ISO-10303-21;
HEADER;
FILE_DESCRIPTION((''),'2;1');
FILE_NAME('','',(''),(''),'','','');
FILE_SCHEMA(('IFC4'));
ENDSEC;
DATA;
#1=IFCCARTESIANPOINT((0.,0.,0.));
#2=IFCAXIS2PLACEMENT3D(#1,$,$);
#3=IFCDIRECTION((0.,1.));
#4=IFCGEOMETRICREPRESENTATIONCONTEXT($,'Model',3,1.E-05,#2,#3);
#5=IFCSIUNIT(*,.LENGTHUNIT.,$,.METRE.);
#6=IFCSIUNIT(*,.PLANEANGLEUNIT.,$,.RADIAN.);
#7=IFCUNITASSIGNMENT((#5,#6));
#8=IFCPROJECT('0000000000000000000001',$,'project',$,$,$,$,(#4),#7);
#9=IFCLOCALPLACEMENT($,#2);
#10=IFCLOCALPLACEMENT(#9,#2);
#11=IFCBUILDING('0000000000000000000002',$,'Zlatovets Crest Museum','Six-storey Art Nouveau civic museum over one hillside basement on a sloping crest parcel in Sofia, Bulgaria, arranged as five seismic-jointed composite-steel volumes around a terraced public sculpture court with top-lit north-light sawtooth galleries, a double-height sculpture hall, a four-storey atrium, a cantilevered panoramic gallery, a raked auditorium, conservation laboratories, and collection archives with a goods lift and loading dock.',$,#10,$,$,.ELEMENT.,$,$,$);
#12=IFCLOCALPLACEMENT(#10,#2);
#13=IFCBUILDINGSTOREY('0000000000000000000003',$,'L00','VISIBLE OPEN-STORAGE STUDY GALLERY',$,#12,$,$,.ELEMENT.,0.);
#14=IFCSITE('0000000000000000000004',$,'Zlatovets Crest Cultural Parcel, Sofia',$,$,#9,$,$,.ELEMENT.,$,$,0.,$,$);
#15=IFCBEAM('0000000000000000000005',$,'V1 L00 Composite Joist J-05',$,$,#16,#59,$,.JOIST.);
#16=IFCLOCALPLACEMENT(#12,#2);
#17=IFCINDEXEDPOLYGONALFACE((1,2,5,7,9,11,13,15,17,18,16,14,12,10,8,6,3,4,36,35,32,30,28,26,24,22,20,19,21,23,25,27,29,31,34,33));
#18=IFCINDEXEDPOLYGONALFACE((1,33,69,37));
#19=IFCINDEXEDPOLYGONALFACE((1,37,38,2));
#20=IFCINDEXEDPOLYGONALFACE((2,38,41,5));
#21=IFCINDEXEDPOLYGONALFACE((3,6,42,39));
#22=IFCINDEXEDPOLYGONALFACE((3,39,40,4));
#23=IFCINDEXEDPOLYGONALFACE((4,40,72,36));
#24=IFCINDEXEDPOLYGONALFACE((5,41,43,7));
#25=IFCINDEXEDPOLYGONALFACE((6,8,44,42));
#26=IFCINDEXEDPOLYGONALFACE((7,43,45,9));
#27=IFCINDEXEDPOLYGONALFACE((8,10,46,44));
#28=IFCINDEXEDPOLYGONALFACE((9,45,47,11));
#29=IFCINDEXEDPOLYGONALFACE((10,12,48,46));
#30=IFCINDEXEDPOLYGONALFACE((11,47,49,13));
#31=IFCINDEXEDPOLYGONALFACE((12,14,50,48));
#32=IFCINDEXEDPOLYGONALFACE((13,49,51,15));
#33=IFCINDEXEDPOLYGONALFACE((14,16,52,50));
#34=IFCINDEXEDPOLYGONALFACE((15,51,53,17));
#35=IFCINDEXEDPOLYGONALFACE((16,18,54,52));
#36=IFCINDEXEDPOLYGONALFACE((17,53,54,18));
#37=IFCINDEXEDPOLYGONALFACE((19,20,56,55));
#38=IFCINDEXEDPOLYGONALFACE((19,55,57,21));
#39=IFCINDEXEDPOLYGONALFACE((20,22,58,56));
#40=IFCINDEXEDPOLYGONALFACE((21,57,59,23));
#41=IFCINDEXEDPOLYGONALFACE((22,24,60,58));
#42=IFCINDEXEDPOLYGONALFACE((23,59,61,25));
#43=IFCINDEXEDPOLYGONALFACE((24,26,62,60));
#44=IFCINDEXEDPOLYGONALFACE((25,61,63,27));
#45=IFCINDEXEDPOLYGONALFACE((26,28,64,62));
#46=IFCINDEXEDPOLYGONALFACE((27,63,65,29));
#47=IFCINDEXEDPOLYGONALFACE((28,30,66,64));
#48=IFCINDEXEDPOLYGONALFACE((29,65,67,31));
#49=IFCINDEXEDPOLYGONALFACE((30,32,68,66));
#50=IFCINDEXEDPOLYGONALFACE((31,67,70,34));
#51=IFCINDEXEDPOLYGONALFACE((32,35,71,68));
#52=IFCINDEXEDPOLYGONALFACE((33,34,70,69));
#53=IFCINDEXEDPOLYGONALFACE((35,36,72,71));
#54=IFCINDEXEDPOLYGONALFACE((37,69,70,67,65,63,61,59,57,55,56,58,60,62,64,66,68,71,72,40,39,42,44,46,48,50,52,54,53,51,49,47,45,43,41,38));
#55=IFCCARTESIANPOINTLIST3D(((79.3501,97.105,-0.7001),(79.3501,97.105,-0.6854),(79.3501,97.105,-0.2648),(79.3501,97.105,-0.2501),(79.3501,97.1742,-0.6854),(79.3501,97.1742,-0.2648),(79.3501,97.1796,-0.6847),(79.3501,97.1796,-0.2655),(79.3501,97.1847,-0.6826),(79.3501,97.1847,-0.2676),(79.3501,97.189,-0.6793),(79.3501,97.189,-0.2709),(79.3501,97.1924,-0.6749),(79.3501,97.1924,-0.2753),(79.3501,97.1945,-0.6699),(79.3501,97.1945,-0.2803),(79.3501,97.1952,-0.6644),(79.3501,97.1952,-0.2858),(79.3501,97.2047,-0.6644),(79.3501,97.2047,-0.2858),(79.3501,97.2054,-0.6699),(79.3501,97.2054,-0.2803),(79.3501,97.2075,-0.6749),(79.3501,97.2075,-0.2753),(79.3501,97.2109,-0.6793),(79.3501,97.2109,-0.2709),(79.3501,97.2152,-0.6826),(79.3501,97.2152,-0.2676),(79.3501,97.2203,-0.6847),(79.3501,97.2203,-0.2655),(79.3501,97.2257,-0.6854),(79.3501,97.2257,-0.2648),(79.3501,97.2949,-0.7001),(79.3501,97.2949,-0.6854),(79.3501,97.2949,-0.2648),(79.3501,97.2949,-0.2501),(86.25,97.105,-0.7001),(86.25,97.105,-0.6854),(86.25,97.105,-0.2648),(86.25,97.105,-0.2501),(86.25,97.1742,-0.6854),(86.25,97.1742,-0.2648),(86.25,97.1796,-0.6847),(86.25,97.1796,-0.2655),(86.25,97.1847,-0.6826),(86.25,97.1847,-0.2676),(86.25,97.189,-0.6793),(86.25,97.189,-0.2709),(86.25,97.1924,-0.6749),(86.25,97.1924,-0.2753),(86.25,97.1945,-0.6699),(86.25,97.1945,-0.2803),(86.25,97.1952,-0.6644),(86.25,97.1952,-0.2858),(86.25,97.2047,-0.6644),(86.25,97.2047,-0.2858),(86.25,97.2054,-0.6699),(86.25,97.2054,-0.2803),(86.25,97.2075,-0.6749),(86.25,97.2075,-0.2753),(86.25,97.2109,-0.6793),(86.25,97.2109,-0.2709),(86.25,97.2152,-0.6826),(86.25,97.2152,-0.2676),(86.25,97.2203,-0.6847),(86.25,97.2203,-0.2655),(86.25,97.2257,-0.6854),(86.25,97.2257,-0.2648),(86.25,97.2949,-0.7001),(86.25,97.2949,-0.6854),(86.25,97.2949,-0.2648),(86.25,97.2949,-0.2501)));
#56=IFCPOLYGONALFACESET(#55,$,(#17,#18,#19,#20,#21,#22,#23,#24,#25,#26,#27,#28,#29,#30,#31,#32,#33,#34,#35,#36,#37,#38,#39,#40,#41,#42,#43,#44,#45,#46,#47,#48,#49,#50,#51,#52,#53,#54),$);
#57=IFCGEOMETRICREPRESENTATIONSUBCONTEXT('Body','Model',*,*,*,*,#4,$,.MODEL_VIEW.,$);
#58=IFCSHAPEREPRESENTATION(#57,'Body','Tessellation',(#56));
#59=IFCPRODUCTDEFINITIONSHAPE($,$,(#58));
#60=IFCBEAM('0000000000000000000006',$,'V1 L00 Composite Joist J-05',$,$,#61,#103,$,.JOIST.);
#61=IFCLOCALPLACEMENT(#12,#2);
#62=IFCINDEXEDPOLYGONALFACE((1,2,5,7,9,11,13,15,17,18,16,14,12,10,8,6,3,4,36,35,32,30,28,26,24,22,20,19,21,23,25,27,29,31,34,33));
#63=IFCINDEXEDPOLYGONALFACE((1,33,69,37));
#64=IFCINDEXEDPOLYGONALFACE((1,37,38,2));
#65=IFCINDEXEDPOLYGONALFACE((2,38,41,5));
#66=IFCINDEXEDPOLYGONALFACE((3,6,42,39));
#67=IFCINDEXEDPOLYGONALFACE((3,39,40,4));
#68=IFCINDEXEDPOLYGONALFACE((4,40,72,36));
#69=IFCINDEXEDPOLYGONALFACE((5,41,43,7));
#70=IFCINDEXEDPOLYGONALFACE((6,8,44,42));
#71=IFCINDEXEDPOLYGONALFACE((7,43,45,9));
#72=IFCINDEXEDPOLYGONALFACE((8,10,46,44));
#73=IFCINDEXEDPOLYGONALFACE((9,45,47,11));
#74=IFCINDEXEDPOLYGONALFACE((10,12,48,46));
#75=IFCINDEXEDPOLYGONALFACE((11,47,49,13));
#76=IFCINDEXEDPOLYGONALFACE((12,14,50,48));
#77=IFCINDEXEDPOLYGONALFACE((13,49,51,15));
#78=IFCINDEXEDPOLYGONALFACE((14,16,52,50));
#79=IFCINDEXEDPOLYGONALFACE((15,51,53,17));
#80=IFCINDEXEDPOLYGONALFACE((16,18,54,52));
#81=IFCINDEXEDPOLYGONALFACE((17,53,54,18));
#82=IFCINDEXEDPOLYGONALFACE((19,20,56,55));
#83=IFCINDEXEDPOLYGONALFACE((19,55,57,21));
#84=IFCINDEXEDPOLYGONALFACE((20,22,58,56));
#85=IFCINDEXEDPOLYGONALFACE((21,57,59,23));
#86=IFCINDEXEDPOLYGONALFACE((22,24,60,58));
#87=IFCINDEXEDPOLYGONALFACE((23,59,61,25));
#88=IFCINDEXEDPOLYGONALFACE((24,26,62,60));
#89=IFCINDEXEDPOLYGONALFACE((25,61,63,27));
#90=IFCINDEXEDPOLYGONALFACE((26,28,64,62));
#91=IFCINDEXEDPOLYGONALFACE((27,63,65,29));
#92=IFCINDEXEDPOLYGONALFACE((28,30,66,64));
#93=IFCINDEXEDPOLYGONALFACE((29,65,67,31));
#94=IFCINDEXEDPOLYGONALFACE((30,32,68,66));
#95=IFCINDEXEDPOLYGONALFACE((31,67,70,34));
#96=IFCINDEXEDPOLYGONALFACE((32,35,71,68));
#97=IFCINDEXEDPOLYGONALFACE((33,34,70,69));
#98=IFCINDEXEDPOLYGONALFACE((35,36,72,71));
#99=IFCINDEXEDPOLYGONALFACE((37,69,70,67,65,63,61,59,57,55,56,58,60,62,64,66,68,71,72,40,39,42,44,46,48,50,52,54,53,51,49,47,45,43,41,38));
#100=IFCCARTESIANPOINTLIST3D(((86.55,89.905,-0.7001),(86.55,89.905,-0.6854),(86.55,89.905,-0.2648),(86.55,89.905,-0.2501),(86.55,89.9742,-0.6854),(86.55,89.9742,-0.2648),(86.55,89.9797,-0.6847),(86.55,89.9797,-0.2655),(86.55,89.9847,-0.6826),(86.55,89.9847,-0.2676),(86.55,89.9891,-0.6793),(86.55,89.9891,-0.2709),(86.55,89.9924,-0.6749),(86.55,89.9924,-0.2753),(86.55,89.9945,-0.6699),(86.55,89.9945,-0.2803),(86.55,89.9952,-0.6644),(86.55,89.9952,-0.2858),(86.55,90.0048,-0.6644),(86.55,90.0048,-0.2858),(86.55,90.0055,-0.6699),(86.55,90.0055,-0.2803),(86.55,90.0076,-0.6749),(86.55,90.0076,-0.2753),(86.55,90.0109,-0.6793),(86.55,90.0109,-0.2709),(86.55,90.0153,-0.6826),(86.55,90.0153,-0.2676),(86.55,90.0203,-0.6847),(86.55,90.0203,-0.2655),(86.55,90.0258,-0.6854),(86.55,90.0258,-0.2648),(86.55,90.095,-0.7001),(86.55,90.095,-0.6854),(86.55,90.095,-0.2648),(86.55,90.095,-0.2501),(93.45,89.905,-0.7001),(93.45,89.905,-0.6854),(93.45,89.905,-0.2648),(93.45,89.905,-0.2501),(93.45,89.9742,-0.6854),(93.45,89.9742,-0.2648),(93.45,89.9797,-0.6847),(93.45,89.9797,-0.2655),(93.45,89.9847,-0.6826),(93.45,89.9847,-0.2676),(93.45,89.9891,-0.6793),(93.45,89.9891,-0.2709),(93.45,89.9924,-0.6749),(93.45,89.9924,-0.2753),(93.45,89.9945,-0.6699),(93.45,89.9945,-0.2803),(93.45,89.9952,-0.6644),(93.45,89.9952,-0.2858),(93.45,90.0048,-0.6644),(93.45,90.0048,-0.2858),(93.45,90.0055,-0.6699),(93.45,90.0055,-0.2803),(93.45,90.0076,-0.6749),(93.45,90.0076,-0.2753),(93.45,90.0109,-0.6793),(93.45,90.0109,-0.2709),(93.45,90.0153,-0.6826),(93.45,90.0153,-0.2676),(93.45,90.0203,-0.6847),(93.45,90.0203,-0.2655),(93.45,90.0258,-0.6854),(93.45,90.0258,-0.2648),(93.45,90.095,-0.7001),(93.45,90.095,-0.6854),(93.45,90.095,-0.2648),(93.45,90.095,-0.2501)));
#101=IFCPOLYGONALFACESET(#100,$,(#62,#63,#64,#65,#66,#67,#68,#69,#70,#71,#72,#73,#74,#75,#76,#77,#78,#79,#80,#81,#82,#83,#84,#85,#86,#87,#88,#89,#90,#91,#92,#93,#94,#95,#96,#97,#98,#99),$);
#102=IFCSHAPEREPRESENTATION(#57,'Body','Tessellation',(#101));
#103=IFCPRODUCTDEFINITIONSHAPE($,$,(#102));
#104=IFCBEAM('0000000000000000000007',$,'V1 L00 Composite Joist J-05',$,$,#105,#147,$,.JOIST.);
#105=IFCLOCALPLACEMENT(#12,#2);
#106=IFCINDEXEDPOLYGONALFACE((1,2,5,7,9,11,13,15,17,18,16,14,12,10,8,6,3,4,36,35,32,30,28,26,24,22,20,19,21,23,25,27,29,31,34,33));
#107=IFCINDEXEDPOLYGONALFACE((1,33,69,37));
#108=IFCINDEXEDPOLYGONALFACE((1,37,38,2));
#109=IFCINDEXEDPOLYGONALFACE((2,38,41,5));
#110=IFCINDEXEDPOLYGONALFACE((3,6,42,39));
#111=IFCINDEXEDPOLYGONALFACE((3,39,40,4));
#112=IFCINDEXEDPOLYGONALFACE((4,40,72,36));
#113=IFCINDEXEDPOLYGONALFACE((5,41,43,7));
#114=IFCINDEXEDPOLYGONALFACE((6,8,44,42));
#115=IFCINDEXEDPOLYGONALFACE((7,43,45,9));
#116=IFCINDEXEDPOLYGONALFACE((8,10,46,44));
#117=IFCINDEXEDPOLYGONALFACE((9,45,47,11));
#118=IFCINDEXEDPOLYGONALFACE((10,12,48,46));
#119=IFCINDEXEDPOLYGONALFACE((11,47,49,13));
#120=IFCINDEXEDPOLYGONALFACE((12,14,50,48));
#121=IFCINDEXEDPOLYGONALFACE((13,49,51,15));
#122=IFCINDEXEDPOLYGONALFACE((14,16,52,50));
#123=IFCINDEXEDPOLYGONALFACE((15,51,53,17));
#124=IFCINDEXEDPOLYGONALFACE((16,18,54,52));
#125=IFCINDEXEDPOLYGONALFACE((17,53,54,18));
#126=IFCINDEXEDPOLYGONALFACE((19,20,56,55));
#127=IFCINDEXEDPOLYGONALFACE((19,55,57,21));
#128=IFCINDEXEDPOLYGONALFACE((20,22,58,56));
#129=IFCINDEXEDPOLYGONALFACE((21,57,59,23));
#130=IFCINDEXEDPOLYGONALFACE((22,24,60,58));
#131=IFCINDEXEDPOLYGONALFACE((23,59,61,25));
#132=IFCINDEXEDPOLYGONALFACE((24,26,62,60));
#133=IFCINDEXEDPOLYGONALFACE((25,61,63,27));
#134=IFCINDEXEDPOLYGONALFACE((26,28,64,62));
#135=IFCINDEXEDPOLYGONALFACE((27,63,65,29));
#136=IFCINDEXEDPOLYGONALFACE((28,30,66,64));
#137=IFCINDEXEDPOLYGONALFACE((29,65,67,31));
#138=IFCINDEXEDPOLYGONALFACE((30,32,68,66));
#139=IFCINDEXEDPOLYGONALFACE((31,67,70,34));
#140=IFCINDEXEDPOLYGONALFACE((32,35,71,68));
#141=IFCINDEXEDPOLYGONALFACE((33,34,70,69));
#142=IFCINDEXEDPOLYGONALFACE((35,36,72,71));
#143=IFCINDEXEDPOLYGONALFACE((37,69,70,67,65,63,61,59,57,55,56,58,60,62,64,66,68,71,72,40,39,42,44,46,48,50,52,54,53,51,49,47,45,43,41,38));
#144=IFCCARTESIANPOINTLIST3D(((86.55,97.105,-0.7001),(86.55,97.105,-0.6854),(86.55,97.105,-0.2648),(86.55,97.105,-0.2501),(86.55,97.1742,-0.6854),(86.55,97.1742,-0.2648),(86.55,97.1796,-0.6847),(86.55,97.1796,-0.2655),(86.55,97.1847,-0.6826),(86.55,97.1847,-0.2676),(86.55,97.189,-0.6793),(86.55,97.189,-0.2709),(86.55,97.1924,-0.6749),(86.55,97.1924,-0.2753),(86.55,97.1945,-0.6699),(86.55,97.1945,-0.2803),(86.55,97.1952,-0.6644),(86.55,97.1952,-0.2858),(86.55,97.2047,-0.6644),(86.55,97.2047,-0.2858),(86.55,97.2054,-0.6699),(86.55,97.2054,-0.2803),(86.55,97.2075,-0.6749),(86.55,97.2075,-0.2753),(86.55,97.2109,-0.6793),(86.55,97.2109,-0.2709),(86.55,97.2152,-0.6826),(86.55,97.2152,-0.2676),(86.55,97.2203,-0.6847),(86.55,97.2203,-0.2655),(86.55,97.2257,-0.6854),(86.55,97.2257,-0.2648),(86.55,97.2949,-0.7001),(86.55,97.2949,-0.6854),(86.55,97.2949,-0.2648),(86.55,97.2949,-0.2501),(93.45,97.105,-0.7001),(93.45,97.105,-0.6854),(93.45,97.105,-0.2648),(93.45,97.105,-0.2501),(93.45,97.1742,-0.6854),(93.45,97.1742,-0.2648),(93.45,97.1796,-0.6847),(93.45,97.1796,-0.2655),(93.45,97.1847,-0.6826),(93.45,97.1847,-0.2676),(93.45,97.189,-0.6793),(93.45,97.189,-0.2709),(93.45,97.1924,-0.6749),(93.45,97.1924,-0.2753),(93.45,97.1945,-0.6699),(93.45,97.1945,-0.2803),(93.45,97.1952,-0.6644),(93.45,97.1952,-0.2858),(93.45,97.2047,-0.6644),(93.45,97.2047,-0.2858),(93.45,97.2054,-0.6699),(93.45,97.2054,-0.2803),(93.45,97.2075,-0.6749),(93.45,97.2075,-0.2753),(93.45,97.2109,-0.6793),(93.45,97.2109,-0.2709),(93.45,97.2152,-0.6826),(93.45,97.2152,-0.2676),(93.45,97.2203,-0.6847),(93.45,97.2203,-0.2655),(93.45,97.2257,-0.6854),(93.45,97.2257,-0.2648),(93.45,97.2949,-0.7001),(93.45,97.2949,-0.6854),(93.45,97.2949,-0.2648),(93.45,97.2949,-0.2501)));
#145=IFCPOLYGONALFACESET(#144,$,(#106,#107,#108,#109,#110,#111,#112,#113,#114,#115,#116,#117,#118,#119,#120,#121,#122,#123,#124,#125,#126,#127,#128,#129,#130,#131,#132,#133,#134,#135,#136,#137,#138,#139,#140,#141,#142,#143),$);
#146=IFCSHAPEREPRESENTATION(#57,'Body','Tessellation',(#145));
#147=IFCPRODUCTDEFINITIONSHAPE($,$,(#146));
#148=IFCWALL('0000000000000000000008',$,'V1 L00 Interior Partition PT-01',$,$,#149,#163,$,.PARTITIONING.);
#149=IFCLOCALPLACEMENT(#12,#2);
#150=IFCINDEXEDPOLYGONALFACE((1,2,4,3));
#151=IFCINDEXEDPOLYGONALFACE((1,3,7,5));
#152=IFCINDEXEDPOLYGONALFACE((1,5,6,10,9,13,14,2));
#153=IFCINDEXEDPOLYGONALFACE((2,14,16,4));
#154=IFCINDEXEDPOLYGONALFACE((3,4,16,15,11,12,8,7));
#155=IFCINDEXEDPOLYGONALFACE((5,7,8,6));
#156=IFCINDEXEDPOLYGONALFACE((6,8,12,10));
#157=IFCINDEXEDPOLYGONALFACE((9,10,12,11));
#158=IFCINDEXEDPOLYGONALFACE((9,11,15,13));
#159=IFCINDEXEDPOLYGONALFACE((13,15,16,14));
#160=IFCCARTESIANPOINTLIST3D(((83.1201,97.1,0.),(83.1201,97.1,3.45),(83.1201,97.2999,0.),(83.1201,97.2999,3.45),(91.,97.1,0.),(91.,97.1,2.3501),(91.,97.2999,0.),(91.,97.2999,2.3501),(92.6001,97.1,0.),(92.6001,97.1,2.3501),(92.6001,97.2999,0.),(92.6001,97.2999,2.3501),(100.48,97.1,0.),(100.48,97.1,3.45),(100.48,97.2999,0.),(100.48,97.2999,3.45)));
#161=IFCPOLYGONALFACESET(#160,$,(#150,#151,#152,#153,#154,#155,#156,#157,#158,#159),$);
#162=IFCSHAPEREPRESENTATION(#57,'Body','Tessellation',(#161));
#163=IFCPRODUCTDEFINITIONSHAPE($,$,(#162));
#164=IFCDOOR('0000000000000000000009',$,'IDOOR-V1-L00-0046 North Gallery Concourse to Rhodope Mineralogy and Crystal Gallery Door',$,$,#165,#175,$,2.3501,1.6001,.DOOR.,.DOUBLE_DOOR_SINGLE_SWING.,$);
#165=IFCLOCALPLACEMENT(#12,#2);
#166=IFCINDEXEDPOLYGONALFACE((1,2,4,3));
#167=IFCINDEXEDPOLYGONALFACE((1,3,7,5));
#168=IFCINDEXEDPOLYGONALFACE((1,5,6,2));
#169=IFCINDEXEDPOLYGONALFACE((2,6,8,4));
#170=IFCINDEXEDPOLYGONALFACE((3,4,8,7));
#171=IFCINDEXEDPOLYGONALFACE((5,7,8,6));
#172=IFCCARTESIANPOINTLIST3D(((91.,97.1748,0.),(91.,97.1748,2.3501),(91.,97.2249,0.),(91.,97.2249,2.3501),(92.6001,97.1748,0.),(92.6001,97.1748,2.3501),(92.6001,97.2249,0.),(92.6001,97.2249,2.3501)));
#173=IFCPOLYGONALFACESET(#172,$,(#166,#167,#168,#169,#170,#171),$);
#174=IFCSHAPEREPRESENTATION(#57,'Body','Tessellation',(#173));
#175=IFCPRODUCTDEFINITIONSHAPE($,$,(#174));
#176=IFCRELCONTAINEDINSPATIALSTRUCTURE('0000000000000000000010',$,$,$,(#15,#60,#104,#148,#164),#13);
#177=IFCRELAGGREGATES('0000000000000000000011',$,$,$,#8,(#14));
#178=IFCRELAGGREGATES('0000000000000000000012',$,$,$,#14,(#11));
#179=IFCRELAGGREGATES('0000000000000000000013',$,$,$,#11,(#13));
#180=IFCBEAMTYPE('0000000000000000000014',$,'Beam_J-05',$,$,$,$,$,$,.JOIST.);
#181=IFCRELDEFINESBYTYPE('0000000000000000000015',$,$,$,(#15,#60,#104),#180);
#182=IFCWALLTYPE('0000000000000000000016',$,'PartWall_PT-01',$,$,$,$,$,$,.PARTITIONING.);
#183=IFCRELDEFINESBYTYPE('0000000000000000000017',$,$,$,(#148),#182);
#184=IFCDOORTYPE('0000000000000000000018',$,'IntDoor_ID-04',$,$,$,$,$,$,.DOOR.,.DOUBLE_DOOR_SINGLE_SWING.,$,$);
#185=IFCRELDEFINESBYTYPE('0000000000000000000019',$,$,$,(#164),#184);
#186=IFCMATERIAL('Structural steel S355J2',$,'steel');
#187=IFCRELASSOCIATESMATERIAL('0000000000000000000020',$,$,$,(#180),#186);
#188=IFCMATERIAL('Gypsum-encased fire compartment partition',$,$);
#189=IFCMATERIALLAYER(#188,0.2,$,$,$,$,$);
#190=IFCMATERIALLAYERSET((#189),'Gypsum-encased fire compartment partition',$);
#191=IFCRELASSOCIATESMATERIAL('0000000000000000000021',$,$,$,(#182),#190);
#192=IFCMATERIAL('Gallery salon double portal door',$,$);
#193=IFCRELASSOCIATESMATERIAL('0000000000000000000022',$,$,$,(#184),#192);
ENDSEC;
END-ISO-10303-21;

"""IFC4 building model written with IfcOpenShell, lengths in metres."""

from ifc_helpers import new_model, si_unit, direction, frame, frame_2d, origin, origin_2d, place, context, subcontext, project, spatial, rectangle, i_section, extrude, material, layer, layer_set, material_profile, profile_set, type_object, element, fill, save


model = new_model("IFC4")

# Units and contexts
model_context = context("Model", 3, precision=1e-05, world=origin(), true_north=direction((0.0, 1.0)))
body_context = subcontext(model_context, "Body", "Model", "MODEL_VIEW")
ifc_project = project(units=[si_unit("LENGTHUNIT", "METRE"), si_unit("PLANEANGLEUNIT", "RADIAN")], contexts=[model_context])

# Site, building, storey
site_placement = place(None, origin())
site = spatial("IfcSite", under=ifc_project, at=site_placement, Name="Zlatovets Crest Cultural Parcel, Sofia", CompositionType="ELEMENT", RefElevation=0.0)
building_placement = place(site_placement, origin())
building = spatial("IfcBuilding", under=site, at=building_placement, Name="Zlatovets Crest Museum", Description="Six-storey Art Nouveau civic museum over one hillside basement on a sloping crest parcel in Sofia, Bulgaria, arranged as five seismic-jointed composite-steel volumes around a terraced public sculpture court with top-lit north-light sawtooth galleries, a double-height sculpture hall, a four-storey atrium, a cantilevered panoramic gallery, a raked auditorium, conservation laboratories, and collection archives with a goods lift and loading dock.", CompositionType="ELEMENT")
storey_placement = place(building_placement, origin())
storey = spatial("IfcBuildingStorey", under=building, at=storey_placement, Name="L00", Description="VISIBLE OPEN-STORAGE STUDY GALLERY", CompositionType="ELEMENT", Elevation=0.0)

# Shared definitions
ifc_material_1 = material(Name="Structural steel S355J2", Category="steel")

# Beams
ifc_material_profile_1 = material_profile(ifc_material_1, i_section(OverallWidth=0.1899, OverallDepth=0.45, WebThickness=0.0095, FlangeThickness=0.0146, FilletRadius=0.021, at=origin_2d()), Name="IPE 450")
ifc_profile_set_1 = profile_set([ifc_material_profile_1], Name="Structural steel S355J2")
beam_type_1 = type_object("IfcBeamType", Name="Beam_J-05", PredefinedType="JOIST", material=ifc_profile_set_1)
for number, where, z_axis, x_axis, name in (
    (1, (79.3501, 97.2, -0.4751), (1.0, 0.0, 0.0), (0.0, 1.0, 0.0), "V1 L00 Composite Joist J-05"),
    (2, (86.55, 90.0, -0.4751), (1.0, 0.0, 0.0), (0.0, 1.0, 0.0), "V1 L00 Composite Joist J-05"),
    (3, (86.55, 97.2, -0.4751), (1.0, 0.0, 0.0), (0.0, 1.0, 0.0), "V1 L00 Composite Joist J-05"),
):
    element("IfcBeam", number, at=place(storey_placement, frame(where, z_axis=z_axis, x_axis=x_axis)), inside=storey, type_object=beam_type_1, Name=name, PredefinedType="JOIST", context=body_context, shape_type="SweptSolid", body=[
        extrude(i_section(OverallWidth=0.1899, OverallDepth=0.45, WebThickness=0.0095, FlangeThickness=0.0146, FilletRadius=0.021, at=origin_2d()), origin(), (0.0, 0.0, 1.0), 6.8999),
    ])

# Wall, opening, door
ifc_material_2 = material(Name="Gypsum-encased fire compartment partition")
ifc_layer_1 = layer(ifc_material_2, 0.2)
ifc_layer_set_1 = layer_set([ifc_layer_1], Name="Gypsum-encased fire compartment partition")
wall_type_1 = type_object("IfcWallType", Name="PartWall_PT-01", PredefinedType="PARTITIONING", material=ifc_layer_set_1)
wall_1_placement = place(storey_placement, frame((83.1201, 97.2, 0.0), z_axis=(0.0, 0.0, 1.0), x_axis=(1.0, 0.0, 0.0)))
wall_1 = element("IfcWall", 4, at=wall_1_placement, inside=storey, type_object=wall_type_1, Name="V1 L00 Interior Partition PT-01", PredefinedType="PARTITIONING", context=body_context, shape_type="SweptSolid", body=[
    extrude(rectangle(XDim=17.3599, YDim=0.2, at=frame_2d((8.6799, 0.0))), origin(), (0.0, 0.0, 1.0), 3.45),
])
opening_1_placement = place(wall_1_placement, frame((7.8799, 0.0, 0.0)))
opening_1 = element("IfcOpeningElement", 5, at=opening_1_placement, cuts=wall_1, PredefinedType="OPENING", context=body_context, shape_type="SweptSolid", body=[
    extrude(rectangle(XDim=1.6001, YDim=2.3501, at=frame_2d((0.8, 1.175))), frame((0.0, 0.1099, 0.0), z_axis=(0.0, -1.0, 0.0), x_axis=(1.0, 0.0, 0.0)), (0.0, 0.0, 1.0), 0.22),
])
ifc_material_3 = material(Name="Gallery salon double portal door")
door_type_1 = type_object("IfcDoorType", Name="IntDoor_ID-04", OperationType="DOUBLE_DOOR_SINGLE_SWING", PredefinedType="DOOR", material=ifc_material_3)
door_1_placement = place(opening_1_placement, origin())
door_1 = element("IfcDoor", 6, at=door_1_placement, inside=storey, type_object=door_type_1, Name="IDOOR-V1-L00-0046 North Gallery Concourse to Rhodope Mineralogy and Crystal Gallery Door", OperationType="DOUBLE_DOOR_SINGLE_SWING", OverallHeight=2.3501, OverallWidth=1.6001, PredefinedType="DOOR", context=body_context, shape_type="SweptSolid", body=[
    extrude(rectangle(XDim=1.6001, YDim=2.3501, at=frame_2d((0.8, 1.175))), frame((0.0, 0.0249, 0.0), z_axis=(0.0, -1.0, 0.0), x_axis=(1.0, 0.0, 0.0)), (0.0, 0.0, 1.0), 0.05),
])
fill(opening_1, door_1)

save(model, "model.ifc")
